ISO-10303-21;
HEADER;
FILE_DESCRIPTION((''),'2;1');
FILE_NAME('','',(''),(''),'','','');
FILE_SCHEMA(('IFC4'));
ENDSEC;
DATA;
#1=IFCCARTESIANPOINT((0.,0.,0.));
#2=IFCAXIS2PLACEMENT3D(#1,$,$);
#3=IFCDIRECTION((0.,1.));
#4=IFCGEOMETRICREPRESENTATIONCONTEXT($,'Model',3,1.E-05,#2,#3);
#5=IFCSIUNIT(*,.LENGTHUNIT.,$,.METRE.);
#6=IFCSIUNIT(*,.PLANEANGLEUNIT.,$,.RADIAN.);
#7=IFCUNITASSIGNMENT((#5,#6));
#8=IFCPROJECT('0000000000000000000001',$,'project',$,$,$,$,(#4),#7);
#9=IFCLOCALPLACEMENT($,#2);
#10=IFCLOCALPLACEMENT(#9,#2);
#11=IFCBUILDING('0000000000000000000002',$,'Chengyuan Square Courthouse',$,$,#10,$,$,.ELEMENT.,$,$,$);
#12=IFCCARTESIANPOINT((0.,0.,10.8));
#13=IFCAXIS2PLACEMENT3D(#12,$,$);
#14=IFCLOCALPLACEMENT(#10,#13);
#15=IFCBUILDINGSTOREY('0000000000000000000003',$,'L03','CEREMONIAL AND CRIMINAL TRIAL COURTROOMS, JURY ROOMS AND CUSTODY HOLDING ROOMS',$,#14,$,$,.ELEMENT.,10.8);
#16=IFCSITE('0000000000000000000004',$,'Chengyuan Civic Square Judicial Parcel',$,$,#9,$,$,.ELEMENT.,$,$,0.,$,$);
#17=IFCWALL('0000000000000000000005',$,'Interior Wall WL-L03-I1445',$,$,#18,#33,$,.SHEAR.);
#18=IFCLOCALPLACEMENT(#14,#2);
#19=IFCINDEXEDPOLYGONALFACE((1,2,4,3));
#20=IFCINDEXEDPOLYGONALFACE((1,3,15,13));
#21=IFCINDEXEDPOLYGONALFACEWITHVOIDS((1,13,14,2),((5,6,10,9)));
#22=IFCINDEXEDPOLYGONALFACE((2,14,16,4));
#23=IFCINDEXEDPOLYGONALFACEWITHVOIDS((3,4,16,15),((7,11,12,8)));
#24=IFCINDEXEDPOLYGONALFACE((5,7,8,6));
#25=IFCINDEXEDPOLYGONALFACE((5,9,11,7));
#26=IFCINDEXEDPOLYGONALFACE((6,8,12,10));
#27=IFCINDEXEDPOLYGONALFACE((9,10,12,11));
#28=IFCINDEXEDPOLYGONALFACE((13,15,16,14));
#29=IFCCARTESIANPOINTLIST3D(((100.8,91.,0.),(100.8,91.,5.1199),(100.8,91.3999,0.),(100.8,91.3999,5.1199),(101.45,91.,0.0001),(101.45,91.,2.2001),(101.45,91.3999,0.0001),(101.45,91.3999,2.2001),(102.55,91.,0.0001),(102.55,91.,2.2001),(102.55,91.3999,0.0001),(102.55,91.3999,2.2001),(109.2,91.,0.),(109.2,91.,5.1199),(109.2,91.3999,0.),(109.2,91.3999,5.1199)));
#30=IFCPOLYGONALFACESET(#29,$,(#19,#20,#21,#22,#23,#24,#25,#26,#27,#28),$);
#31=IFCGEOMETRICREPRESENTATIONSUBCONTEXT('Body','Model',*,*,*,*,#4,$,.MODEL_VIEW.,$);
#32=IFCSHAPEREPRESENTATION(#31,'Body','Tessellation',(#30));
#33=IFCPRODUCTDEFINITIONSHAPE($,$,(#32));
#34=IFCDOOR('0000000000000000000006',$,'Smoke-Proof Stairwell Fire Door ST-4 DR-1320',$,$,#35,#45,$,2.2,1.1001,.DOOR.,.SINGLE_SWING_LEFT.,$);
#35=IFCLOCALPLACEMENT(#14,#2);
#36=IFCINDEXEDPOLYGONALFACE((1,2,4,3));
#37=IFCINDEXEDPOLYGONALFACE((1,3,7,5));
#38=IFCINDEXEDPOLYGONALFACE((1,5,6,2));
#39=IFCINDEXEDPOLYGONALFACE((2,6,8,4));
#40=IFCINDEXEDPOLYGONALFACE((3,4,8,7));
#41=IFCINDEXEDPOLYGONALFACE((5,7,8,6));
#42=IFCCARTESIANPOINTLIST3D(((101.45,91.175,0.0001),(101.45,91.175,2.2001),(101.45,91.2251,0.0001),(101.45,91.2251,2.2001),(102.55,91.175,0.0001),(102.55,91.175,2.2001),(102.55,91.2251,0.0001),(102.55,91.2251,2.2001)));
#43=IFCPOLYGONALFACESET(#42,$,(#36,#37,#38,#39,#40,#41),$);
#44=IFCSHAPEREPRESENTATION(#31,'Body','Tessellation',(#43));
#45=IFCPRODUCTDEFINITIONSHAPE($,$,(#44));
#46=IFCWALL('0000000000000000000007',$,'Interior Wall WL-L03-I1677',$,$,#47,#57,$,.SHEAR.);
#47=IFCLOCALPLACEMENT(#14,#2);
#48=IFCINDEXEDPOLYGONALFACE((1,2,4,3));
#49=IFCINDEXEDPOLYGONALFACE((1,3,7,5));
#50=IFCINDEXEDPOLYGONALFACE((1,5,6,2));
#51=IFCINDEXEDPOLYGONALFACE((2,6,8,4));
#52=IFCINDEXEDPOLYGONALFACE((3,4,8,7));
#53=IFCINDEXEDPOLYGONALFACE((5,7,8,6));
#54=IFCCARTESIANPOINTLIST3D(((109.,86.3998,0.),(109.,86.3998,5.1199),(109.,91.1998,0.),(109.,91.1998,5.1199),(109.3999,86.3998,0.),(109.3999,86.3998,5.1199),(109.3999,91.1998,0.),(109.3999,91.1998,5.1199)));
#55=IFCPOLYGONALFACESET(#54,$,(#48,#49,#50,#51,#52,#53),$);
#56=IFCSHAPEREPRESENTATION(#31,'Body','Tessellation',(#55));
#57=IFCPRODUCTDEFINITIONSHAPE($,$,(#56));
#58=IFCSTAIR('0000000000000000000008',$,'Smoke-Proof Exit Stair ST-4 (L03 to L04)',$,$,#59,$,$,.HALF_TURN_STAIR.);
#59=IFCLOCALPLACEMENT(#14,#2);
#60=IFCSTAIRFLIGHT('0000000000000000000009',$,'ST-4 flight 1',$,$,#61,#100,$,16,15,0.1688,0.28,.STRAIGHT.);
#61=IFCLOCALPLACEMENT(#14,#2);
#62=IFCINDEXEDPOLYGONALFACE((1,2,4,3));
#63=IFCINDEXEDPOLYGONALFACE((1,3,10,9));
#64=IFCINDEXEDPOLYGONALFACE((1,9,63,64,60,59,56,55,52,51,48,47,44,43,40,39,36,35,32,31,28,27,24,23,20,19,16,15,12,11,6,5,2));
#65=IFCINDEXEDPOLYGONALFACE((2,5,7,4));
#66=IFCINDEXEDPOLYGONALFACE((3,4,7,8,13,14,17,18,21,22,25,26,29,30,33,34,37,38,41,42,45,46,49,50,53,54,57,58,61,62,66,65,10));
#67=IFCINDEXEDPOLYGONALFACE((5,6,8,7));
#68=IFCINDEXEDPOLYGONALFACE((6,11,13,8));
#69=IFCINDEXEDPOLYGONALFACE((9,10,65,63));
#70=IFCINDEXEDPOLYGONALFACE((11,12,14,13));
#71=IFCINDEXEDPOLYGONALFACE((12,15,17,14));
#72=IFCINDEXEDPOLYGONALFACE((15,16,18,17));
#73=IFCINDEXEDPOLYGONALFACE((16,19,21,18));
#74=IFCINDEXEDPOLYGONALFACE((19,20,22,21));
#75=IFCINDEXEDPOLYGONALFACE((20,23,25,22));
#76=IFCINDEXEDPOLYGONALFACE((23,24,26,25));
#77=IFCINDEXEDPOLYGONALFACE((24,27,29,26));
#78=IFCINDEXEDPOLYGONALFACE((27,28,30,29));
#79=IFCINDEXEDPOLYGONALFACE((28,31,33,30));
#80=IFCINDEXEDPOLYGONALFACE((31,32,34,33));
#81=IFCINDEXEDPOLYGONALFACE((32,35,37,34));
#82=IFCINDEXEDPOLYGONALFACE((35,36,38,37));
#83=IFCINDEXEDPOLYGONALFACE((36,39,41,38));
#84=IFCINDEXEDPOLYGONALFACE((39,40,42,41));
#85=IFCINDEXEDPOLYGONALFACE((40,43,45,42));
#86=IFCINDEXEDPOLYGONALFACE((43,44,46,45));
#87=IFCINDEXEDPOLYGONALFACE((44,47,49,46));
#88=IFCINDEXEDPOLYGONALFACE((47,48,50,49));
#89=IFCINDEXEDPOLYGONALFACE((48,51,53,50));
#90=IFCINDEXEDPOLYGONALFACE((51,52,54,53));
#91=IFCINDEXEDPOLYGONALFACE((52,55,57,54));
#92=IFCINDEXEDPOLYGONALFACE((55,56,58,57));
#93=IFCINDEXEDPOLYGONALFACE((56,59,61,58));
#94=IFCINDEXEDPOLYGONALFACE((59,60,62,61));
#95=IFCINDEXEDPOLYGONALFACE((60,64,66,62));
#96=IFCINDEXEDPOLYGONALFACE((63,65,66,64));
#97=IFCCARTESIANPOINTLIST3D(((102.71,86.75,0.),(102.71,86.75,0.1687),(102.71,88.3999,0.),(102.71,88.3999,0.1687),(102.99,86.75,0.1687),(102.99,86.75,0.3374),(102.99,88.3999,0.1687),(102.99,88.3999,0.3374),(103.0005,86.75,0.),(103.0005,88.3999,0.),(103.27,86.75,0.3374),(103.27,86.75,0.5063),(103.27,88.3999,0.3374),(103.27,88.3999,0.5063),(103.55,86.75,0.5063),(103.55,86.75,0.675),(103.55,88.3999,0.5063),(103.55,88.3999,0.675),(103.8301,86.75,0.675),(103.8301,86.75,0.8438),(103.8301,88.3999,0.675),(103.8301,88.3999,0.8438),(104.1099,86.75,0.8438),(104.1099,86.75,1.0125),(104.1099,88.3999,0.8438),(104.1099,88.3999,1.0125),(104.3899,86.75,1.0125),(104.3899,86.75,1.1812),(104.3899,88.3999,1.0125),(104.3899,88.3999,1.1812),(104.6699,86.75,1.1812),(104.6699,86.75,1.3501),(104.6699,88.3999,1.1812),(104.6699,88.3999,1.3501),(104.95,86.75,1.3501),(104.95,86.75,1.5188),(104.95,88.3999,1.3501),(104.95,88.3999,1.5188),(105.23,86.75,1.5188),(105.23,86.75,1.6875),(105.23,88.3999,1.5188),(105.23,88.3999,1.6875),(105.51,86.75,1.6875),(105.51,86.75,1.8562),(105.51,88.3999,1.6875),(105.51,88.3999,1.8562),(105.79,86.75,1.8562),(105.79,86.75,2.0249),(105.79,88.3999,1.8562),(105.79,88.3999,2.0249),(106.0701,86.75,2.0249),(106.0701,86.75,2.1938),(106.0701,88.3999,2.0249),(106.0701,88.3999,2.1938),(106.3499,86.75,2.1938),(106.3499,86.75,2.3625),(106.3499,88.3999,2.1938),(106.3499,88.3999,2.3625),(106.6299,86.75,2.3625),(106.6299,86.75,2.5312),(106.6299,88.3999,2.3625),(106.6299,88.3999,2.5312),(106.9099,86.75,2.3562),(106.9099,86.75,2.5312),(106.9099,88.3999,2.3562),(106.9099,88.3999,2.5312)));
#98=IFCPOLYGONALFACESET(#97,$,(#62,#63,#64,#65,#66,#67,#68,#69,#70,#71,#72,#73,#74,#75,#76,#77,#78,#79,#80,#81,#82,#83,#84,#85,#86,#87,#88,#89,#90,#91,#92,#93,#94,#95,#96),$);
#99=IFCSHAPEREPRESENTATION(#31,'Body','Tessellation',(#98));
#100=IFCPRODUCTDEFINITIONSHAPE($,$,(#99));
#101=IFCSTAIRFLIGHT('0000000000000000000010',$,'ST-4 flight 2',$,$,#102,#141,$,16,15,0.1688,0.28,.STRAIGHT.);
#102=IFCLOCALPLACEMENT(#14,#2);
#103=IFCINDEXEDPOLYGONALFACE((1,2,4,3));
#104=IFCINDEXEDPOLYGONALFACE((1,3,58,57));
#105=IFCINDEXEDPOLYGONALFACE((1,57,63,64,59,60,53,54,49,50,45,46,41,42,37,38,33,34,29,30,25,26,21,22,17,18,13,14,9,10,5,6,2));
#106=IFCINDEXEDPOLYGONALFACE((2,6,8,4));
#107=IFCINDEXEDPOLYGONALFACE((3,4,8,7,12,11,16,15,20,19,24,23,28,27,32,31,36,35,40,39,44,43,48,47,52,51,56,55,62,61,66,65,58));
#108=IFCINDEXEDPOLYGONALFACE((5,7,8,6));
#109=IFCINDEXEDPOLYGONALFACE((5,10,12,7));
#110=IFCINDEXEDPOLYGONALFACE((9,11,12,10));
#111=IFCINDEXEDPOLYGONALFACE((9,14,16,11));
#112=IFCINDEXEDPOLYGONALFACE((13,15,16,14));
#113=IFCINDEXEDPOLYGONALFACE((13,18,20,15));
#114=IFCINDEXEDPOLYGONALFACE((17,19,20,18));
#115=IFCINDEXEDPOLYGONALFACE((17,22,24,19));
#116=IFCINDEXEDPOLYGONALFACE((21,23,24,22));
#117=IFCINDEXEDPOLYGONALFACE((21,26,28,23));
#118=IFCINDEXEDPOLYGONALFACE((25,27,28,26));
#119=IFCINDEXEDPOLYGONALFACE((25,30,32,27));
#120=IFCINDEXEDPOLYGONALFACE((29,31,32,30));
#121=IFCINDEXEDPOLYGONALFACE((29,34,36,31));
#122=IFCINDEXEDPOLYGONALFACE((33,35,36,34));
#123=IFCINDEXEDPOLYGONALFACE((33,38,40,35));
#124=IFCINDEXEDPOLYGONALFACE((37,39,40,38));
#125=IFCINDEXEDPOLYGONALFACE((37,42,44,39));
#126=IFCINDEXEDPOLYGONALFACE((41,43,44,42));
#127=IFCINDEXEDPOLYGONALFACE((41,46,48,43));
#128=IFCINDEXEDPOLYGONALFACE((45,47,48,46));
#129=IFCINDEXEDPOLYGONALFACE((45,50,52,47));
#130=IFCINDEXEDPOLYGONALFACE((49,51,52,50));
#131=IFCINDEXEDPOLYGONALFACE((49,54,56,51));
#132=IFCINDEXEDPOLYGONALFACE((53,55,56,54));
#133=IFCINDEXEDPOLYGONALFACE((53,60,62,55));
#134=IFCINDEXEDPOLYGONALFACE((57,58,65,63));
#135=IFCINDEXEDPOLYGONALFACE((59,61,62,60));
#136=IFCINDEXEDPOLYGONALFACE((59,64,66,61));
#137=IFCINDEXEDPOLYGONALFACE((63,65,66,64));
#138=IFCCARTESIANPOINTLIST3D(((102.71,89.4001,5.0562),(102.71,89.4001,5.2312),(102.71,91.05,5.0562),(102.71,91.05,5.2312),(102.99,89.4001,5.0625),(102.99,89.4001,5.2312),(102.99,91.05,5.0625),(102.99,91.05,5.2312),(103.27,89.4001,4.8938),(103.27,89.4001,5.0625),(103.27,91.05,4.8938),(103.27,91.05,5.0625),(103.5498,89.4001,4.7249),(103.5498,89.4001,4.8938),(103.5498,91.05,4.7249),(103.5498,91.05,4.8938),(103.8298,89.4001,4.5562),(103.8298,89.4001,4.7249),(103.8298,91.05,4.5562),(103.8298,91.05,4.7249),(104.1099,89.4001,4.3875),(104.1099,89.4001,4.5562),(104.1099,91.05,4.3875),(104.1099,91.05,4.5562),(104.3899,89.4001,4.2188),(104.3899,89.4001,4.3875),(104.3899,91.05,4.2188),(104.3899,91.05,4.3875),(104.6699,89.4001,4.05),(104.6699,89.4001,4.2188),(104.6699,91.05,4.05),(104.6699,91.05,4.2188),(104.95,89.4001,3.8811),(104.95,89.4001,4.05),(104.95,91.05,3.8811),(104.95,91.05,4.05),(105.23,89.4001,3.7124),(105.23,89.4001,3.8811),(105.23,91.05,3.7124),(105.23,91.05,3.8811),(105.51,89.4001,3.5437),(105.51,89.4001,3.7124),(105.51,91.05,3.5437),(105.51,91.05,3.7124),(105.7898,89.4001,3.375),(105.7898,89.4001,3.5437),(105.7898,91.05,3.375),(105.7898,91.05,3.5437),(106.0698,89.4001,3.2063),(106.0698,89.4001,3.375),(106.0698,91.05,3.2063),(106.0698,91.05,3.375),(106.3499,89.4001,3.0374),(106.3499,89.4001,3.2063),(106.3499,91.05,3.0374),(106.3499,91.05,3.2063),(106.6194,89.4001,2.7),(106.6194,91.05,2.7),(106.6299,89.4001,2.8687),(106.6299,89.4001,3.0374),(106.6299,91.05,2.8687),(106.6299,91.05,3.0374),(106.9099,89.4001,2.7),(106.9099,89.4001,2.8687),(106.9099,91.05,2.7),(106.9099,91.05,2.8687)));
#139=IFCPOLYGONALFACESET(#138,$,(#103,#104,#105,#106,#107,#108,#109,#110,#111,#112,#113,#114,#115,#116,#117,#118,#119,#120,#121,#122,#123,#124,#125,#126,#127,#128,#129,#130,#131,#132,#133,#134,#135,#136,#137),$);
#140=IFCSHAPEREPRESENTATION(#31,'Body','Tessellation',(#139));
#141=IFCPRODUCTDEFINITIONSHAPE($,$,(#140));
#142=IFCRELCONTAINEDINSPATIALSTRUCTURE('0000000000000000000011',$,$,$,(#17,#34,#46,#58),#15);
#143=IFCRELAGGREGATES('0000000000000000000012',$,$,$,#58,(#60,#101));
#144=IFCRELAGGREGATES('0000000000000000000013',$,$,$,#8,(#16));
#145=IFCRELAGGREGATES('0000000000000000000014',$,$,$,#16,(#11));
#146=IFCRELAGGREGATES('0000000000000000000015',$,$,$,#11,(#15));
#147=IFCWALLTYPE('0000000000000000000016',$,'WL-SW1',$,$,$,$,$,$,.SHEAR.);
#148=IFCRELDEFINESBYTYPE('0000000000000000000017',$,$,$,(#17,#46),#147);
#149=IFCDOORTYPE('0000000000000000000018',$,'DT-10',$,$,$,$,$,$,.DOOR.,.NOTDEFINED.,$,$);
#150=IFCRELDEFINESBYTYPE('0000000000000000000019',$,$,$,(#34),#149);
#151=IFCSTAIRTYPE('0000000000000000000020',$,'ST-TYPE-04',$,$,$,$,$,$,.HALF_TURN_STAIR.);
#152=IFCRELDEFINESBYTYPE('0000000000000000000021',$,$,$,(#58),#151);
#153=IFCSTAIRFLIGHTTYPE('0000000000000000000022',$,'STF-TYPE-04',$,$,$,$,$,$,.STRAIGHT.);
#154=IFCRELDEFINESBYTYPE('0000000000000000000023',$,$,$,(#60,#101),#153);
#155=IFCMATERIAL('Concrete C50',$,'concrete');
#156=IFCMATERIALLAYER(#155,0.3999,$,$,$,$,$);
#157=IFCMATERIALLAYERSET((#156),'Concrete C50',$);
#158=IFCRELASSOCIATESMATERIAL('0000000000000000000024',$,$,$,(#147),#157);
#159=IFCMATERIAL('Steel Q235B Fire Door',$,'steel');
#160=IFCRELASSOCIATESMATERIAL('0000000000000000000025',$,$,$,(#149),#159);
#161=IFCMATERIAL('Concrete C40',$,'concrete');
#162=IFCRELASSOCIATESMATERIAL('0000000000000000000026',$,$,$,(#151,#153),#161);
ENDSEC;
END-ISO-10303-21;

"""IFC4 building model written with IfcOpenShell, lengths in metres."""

from ifc_helpers import new_model, si_unit, direction, frame, frame_2d, origin, place, context, subcontext, project, spatial, polyline, rectangle, outline, extrude, material, layer, layer_set, type_object, element, fill, aggregate, save


model = new_model("IFC4")

# Units and contexts
model_context = context("Model", 3, precision=1e-05, world=origin(), true_north=direction((0.0, 1.0)))
body_context = subcontext(model_context, "Body", "Model", "MODEL_VIEW")
ifc_project = project(units=[si_unit("LENGTHUNIT", "METRE"), si_unit("PLANEANGLEUNIT", "RADIAN")], contexts=[model_context])

# Site, building, storey
site_placement = place(None, origin())
site = spatial("IfcSite", under=ifc_project, at=site_placement, Name="Chengyuan Civic Square Judicial Parcel", CompositionType="ELEMENT", RefElevation=0.0)
building_placement = place(site_placement, origin())
building = spatial("IfcBuilding", under=site, at=building_placement, Name="Chengyuan Square Courthouse", CompositionType="ELEMENT")
storey_placement = place(building_placement, frame((0.0, 0.0, 10.8)))
storey = spatial("IfcBuildingStorey", under=building, at=storey_placement, Name="L03", Description="CEREMONIAL AND CRIMINAL TRIAL COURTROOMS, JURY ROOMS AND CUSTODY HOLDING ROOMS", CompositionType="ELEMENT", Elevation=10.8)

# Shared definitions
ifc_material_1 = material(Name="Concrete C50", Category="concrete")

# Shared definitions
ifc_material_2 = material(Name="Concrete C40", Category="concrete")

# Shared definitions
ifc_material_3 = material(Name="Steel Q235B Fire Door", Category="steel")

# Wall, opening, door
ifc_layer_1 = layer(ifc_material_1, 0.3999)
ifc_layer_set_1 = layer_set([ifc_layer_1], Name="Concrete C50")
wall_type_1 = type_object("IfcWallType", Name="WL-SW1", PredefinedType="SHEAR", material=ifc_layer_set_1)
wall_1_placement = place(storey_placement, frame((100.8, 91.2, 0.0), z_axis=(0.0, 0.0, 1.0), x_axis=(1.0, 0.0, 0.0)))
wall_1 = element("IfcWall", 1, at=wall_1_placement, inside=storey, type_object=wall_type_1, Name="Interior Wall WL-L03-I1445", PredefinedType="SHEAR", context=body_context, shape_type="SweptSolid", body=[
    extrude(rectangle(XDim=8.3999, YDim=0.3999, at=frame_2d((4.2, 0.0))), origin(), (0.0, 0.0, 1.0), 5.1199),
])
opening_1_placement = place(wall_1_placement, frame((0.6499, 0.0, 0.0)))
opening_1 = element("IfcOpeningElement", 2, at=opening_1_placement, cuts=wall_1, PredefinedType="OPENING", context=body_context, shape_type="SweptSolid", body=[
    extrude(rectangle(XDim=1.1001, YDim=2.2, at=frame_2d((0.55, 1.1001))), frame((0.0, 0.2119, 0.0), z_axis=(0.0, -1.0, 0.0), x_axis=(1.0, 0.0, 0.0)), (0.0, 0.0, 1.0), 0.4238),
])
door_type_1 = type_object("IfcDoorType", Name="DT-10", OperationType="NOTDEFINED", PredefinedType="DOOR", material=ifc_material_3)
door_1_placement = place(opening_1_placement, frame((1.1001, 0.0, 0.0), z_axis=(0.0, 0.0, 1.0), x_axis=(-1.0, 0.0, 0.0)))
door_1 = element("IfcDoor", 3, at=door_1_placement, inside=storey, type_object=door_type_1, Name="Smoke-Proof Stairwell Fire Door ST-4 DR-1320", OperationType="SINGLE_SWING_LEFT", OverallHeight=2.2, OverallWidth=1.1001, PredefinedType="DOOR", context=body_context, shape_type="SweptSolid", body=[
    extrude(rectangle(XDim=1.1001, YDim=2.2, at=frame_2d((0.55, 1.1001))), frame((0.0, 0.0249, 0.0), z_axis=(0.0, -1.0, 0.0), x_axis=(1.0, 0.0, 0.0)), (0.0, 0.0, 1.0), 0.05),
])
fill(opening_1, door_1)

# Wall
wall_2_placement = place(storey_placement, frame((109.2, 86.3999, 0.0), z_axis=(0.0, 0.0, 1.0), x_axis=(0.0, 1.0, 0.0)))
element("IfcWall", 4, at=wall_2_placement, inside=storey, type_object=wall_type_1, Name="Interior Wall WL-L03-I1677", PredefinedType="SHEAR", context=body_context, shape_type="SweptSolid", body=[
    extrude(rectangle(XDim=4.8, YDim=0.3999, at=frame_2d((2.3999, 0.0))), origin(), (0.0, 0.0, 1.0), 5.1199),
])

# Stair, stair flights
stair_type = type_object("IfcStairType", Name="ST-TYPE-04", PredefinedType="HALF_TURN_STAIR", material=ifc_material_2)
stair_placement = place(storey_placement, origin())
stair = element("IfcStair", 5, at=stair_placement, inside=storey, type_object=stair_type, Name="Smoke-Proof Exit Stair ST-4 (L03 to L04)", PredefinedType="HALF_TURN_STAIR")
stair_flight_type = type_object("IfcStairFlightType", Name="STF-TYPE-04", PredefinedType="STRAIGHT", material=ifc_material_2)
stair_flight_1_placement = place(storey_placement, frame((102.71, 87.575, 0.0), z_axis=(0.0, 0.0, 1.0), x_axis=(1.0, 0.0, 0.0)))
stair_flight_1 = element("IfcStairFlight", 6, at=stair_flight_1_placement, type_object=stair_flight_type, Name="ST-4 flight 1", NumberOfRisers=16, NumberOfTreads=15, PredefinedType="STRAIGHT", RiserHeight=0.1688, TreadLength=0.28, context=body_context, shape_type="SweptSolid", body=[
    extrude(outline(polyline([(0.0, 0.0), (0.0, 0.1687), (0.28, 0.1687), (0.28, 0.3374), (0.5601, 0.3374), (0.5601, 0.5063), (0.8401, 0.5063), (0.8401, 0.675), (1.1201, 0.675), (1.1201, 0.8438), (1.3999, 0.8438), (1.3999, 1.0125), (1.6799, 1.0125), (1.6799, 1.1812), (1.96, 1.1812), (1.96, 1.3501), (2.24, 1.3501), (2.24, 1.5188), (2.52, 1.5188), (2.52, 1.6875), (2.8, 1.6875), (2.8, 1.8562), (3.0801, 1.8562), (3.0801, 2.0249), (3.3601, 2.0249), (3.3601, 2.1938), (3.6399, 2.1938), (3.6399, 2.3625), (3.9199, 2.3625), (3.9199, 2.5312), (4.2, 2.5312), (4.2, 2.7), (4.2, 2.3562), (0.2905, 0.0), (0.0, 0.0)])), frame((0.0, 0.825, 0.0), z_axis=(0.0, -1.0, 0.0), x_axis=(1.0, 0.0, 0.0)), (0.0, 0.0, 1.0), 1.6499),
])
stair_flight_2_placement = place(storey_placement, frame((106.9099, 90.2251, 2.7), z_axis=(0.0, 0.0, 1.0), x_axis=(-1.0, 0.0, 0.0)))
stair_flight_2 = element("IfcStairFlight", 7, at=stair_flight_2_placement, type_object=stair_flight_type, Name="ST-4 flight 2", NumberOfRisers=16, NumberOfTreads=15, PredefinedType="STRAIGHT", RiserHeight=0.1688, TreadLength=0.28, context=body_context, shape_type="SweptSolid", body=[
    extrude(outline(polyline([(0.0, 0.0), (0.0, 0.1687), (0.28, 0.1687), (0.28, 0.3374), (0.5601, 0.3374), (0.5601, 0.5063), (0.8401, 0.5063), (0.8401, 0.675), (1.1201, 0.675), (1.1201, 0.8438), (1.3999, 0.8438), (1.3999, 1.0125), (1.6799, 1.0125), (1.6799, 1.1812), (1.96, 1.1812), (1.96, 1.3501), (2.24, 1.3501), (2.24, 1.5188), (2.52, 1.5188), (2.52, 1.6875), (2.8, 1.6875), (2.8, 1.8562), (3.0801, 1.8562), (3.0801, 2.0249), (3.3601, 2.0249), (3.3601, 2.1938), (3.6399, 2.1938), (3.6399, 2.3625), (3.9199, 2.3625), (3.9199, 2.5312), (4.2, 2.5312), (4.2, 2.7), (4.2, 2.3562), (0.2905, 0.0), (0.0, 0.0)])), frame((0.0, 0.825, 0.0), z_axis=(0.0, -1.0, 0.0), x_axis=(1.0, 0.0, 0.0)), (0.0, 0.0, 1.0), 1.6499),
])
aggregate(stair, [stair_flight_1, stair_flight_2])

save(model, "model.ifc")
